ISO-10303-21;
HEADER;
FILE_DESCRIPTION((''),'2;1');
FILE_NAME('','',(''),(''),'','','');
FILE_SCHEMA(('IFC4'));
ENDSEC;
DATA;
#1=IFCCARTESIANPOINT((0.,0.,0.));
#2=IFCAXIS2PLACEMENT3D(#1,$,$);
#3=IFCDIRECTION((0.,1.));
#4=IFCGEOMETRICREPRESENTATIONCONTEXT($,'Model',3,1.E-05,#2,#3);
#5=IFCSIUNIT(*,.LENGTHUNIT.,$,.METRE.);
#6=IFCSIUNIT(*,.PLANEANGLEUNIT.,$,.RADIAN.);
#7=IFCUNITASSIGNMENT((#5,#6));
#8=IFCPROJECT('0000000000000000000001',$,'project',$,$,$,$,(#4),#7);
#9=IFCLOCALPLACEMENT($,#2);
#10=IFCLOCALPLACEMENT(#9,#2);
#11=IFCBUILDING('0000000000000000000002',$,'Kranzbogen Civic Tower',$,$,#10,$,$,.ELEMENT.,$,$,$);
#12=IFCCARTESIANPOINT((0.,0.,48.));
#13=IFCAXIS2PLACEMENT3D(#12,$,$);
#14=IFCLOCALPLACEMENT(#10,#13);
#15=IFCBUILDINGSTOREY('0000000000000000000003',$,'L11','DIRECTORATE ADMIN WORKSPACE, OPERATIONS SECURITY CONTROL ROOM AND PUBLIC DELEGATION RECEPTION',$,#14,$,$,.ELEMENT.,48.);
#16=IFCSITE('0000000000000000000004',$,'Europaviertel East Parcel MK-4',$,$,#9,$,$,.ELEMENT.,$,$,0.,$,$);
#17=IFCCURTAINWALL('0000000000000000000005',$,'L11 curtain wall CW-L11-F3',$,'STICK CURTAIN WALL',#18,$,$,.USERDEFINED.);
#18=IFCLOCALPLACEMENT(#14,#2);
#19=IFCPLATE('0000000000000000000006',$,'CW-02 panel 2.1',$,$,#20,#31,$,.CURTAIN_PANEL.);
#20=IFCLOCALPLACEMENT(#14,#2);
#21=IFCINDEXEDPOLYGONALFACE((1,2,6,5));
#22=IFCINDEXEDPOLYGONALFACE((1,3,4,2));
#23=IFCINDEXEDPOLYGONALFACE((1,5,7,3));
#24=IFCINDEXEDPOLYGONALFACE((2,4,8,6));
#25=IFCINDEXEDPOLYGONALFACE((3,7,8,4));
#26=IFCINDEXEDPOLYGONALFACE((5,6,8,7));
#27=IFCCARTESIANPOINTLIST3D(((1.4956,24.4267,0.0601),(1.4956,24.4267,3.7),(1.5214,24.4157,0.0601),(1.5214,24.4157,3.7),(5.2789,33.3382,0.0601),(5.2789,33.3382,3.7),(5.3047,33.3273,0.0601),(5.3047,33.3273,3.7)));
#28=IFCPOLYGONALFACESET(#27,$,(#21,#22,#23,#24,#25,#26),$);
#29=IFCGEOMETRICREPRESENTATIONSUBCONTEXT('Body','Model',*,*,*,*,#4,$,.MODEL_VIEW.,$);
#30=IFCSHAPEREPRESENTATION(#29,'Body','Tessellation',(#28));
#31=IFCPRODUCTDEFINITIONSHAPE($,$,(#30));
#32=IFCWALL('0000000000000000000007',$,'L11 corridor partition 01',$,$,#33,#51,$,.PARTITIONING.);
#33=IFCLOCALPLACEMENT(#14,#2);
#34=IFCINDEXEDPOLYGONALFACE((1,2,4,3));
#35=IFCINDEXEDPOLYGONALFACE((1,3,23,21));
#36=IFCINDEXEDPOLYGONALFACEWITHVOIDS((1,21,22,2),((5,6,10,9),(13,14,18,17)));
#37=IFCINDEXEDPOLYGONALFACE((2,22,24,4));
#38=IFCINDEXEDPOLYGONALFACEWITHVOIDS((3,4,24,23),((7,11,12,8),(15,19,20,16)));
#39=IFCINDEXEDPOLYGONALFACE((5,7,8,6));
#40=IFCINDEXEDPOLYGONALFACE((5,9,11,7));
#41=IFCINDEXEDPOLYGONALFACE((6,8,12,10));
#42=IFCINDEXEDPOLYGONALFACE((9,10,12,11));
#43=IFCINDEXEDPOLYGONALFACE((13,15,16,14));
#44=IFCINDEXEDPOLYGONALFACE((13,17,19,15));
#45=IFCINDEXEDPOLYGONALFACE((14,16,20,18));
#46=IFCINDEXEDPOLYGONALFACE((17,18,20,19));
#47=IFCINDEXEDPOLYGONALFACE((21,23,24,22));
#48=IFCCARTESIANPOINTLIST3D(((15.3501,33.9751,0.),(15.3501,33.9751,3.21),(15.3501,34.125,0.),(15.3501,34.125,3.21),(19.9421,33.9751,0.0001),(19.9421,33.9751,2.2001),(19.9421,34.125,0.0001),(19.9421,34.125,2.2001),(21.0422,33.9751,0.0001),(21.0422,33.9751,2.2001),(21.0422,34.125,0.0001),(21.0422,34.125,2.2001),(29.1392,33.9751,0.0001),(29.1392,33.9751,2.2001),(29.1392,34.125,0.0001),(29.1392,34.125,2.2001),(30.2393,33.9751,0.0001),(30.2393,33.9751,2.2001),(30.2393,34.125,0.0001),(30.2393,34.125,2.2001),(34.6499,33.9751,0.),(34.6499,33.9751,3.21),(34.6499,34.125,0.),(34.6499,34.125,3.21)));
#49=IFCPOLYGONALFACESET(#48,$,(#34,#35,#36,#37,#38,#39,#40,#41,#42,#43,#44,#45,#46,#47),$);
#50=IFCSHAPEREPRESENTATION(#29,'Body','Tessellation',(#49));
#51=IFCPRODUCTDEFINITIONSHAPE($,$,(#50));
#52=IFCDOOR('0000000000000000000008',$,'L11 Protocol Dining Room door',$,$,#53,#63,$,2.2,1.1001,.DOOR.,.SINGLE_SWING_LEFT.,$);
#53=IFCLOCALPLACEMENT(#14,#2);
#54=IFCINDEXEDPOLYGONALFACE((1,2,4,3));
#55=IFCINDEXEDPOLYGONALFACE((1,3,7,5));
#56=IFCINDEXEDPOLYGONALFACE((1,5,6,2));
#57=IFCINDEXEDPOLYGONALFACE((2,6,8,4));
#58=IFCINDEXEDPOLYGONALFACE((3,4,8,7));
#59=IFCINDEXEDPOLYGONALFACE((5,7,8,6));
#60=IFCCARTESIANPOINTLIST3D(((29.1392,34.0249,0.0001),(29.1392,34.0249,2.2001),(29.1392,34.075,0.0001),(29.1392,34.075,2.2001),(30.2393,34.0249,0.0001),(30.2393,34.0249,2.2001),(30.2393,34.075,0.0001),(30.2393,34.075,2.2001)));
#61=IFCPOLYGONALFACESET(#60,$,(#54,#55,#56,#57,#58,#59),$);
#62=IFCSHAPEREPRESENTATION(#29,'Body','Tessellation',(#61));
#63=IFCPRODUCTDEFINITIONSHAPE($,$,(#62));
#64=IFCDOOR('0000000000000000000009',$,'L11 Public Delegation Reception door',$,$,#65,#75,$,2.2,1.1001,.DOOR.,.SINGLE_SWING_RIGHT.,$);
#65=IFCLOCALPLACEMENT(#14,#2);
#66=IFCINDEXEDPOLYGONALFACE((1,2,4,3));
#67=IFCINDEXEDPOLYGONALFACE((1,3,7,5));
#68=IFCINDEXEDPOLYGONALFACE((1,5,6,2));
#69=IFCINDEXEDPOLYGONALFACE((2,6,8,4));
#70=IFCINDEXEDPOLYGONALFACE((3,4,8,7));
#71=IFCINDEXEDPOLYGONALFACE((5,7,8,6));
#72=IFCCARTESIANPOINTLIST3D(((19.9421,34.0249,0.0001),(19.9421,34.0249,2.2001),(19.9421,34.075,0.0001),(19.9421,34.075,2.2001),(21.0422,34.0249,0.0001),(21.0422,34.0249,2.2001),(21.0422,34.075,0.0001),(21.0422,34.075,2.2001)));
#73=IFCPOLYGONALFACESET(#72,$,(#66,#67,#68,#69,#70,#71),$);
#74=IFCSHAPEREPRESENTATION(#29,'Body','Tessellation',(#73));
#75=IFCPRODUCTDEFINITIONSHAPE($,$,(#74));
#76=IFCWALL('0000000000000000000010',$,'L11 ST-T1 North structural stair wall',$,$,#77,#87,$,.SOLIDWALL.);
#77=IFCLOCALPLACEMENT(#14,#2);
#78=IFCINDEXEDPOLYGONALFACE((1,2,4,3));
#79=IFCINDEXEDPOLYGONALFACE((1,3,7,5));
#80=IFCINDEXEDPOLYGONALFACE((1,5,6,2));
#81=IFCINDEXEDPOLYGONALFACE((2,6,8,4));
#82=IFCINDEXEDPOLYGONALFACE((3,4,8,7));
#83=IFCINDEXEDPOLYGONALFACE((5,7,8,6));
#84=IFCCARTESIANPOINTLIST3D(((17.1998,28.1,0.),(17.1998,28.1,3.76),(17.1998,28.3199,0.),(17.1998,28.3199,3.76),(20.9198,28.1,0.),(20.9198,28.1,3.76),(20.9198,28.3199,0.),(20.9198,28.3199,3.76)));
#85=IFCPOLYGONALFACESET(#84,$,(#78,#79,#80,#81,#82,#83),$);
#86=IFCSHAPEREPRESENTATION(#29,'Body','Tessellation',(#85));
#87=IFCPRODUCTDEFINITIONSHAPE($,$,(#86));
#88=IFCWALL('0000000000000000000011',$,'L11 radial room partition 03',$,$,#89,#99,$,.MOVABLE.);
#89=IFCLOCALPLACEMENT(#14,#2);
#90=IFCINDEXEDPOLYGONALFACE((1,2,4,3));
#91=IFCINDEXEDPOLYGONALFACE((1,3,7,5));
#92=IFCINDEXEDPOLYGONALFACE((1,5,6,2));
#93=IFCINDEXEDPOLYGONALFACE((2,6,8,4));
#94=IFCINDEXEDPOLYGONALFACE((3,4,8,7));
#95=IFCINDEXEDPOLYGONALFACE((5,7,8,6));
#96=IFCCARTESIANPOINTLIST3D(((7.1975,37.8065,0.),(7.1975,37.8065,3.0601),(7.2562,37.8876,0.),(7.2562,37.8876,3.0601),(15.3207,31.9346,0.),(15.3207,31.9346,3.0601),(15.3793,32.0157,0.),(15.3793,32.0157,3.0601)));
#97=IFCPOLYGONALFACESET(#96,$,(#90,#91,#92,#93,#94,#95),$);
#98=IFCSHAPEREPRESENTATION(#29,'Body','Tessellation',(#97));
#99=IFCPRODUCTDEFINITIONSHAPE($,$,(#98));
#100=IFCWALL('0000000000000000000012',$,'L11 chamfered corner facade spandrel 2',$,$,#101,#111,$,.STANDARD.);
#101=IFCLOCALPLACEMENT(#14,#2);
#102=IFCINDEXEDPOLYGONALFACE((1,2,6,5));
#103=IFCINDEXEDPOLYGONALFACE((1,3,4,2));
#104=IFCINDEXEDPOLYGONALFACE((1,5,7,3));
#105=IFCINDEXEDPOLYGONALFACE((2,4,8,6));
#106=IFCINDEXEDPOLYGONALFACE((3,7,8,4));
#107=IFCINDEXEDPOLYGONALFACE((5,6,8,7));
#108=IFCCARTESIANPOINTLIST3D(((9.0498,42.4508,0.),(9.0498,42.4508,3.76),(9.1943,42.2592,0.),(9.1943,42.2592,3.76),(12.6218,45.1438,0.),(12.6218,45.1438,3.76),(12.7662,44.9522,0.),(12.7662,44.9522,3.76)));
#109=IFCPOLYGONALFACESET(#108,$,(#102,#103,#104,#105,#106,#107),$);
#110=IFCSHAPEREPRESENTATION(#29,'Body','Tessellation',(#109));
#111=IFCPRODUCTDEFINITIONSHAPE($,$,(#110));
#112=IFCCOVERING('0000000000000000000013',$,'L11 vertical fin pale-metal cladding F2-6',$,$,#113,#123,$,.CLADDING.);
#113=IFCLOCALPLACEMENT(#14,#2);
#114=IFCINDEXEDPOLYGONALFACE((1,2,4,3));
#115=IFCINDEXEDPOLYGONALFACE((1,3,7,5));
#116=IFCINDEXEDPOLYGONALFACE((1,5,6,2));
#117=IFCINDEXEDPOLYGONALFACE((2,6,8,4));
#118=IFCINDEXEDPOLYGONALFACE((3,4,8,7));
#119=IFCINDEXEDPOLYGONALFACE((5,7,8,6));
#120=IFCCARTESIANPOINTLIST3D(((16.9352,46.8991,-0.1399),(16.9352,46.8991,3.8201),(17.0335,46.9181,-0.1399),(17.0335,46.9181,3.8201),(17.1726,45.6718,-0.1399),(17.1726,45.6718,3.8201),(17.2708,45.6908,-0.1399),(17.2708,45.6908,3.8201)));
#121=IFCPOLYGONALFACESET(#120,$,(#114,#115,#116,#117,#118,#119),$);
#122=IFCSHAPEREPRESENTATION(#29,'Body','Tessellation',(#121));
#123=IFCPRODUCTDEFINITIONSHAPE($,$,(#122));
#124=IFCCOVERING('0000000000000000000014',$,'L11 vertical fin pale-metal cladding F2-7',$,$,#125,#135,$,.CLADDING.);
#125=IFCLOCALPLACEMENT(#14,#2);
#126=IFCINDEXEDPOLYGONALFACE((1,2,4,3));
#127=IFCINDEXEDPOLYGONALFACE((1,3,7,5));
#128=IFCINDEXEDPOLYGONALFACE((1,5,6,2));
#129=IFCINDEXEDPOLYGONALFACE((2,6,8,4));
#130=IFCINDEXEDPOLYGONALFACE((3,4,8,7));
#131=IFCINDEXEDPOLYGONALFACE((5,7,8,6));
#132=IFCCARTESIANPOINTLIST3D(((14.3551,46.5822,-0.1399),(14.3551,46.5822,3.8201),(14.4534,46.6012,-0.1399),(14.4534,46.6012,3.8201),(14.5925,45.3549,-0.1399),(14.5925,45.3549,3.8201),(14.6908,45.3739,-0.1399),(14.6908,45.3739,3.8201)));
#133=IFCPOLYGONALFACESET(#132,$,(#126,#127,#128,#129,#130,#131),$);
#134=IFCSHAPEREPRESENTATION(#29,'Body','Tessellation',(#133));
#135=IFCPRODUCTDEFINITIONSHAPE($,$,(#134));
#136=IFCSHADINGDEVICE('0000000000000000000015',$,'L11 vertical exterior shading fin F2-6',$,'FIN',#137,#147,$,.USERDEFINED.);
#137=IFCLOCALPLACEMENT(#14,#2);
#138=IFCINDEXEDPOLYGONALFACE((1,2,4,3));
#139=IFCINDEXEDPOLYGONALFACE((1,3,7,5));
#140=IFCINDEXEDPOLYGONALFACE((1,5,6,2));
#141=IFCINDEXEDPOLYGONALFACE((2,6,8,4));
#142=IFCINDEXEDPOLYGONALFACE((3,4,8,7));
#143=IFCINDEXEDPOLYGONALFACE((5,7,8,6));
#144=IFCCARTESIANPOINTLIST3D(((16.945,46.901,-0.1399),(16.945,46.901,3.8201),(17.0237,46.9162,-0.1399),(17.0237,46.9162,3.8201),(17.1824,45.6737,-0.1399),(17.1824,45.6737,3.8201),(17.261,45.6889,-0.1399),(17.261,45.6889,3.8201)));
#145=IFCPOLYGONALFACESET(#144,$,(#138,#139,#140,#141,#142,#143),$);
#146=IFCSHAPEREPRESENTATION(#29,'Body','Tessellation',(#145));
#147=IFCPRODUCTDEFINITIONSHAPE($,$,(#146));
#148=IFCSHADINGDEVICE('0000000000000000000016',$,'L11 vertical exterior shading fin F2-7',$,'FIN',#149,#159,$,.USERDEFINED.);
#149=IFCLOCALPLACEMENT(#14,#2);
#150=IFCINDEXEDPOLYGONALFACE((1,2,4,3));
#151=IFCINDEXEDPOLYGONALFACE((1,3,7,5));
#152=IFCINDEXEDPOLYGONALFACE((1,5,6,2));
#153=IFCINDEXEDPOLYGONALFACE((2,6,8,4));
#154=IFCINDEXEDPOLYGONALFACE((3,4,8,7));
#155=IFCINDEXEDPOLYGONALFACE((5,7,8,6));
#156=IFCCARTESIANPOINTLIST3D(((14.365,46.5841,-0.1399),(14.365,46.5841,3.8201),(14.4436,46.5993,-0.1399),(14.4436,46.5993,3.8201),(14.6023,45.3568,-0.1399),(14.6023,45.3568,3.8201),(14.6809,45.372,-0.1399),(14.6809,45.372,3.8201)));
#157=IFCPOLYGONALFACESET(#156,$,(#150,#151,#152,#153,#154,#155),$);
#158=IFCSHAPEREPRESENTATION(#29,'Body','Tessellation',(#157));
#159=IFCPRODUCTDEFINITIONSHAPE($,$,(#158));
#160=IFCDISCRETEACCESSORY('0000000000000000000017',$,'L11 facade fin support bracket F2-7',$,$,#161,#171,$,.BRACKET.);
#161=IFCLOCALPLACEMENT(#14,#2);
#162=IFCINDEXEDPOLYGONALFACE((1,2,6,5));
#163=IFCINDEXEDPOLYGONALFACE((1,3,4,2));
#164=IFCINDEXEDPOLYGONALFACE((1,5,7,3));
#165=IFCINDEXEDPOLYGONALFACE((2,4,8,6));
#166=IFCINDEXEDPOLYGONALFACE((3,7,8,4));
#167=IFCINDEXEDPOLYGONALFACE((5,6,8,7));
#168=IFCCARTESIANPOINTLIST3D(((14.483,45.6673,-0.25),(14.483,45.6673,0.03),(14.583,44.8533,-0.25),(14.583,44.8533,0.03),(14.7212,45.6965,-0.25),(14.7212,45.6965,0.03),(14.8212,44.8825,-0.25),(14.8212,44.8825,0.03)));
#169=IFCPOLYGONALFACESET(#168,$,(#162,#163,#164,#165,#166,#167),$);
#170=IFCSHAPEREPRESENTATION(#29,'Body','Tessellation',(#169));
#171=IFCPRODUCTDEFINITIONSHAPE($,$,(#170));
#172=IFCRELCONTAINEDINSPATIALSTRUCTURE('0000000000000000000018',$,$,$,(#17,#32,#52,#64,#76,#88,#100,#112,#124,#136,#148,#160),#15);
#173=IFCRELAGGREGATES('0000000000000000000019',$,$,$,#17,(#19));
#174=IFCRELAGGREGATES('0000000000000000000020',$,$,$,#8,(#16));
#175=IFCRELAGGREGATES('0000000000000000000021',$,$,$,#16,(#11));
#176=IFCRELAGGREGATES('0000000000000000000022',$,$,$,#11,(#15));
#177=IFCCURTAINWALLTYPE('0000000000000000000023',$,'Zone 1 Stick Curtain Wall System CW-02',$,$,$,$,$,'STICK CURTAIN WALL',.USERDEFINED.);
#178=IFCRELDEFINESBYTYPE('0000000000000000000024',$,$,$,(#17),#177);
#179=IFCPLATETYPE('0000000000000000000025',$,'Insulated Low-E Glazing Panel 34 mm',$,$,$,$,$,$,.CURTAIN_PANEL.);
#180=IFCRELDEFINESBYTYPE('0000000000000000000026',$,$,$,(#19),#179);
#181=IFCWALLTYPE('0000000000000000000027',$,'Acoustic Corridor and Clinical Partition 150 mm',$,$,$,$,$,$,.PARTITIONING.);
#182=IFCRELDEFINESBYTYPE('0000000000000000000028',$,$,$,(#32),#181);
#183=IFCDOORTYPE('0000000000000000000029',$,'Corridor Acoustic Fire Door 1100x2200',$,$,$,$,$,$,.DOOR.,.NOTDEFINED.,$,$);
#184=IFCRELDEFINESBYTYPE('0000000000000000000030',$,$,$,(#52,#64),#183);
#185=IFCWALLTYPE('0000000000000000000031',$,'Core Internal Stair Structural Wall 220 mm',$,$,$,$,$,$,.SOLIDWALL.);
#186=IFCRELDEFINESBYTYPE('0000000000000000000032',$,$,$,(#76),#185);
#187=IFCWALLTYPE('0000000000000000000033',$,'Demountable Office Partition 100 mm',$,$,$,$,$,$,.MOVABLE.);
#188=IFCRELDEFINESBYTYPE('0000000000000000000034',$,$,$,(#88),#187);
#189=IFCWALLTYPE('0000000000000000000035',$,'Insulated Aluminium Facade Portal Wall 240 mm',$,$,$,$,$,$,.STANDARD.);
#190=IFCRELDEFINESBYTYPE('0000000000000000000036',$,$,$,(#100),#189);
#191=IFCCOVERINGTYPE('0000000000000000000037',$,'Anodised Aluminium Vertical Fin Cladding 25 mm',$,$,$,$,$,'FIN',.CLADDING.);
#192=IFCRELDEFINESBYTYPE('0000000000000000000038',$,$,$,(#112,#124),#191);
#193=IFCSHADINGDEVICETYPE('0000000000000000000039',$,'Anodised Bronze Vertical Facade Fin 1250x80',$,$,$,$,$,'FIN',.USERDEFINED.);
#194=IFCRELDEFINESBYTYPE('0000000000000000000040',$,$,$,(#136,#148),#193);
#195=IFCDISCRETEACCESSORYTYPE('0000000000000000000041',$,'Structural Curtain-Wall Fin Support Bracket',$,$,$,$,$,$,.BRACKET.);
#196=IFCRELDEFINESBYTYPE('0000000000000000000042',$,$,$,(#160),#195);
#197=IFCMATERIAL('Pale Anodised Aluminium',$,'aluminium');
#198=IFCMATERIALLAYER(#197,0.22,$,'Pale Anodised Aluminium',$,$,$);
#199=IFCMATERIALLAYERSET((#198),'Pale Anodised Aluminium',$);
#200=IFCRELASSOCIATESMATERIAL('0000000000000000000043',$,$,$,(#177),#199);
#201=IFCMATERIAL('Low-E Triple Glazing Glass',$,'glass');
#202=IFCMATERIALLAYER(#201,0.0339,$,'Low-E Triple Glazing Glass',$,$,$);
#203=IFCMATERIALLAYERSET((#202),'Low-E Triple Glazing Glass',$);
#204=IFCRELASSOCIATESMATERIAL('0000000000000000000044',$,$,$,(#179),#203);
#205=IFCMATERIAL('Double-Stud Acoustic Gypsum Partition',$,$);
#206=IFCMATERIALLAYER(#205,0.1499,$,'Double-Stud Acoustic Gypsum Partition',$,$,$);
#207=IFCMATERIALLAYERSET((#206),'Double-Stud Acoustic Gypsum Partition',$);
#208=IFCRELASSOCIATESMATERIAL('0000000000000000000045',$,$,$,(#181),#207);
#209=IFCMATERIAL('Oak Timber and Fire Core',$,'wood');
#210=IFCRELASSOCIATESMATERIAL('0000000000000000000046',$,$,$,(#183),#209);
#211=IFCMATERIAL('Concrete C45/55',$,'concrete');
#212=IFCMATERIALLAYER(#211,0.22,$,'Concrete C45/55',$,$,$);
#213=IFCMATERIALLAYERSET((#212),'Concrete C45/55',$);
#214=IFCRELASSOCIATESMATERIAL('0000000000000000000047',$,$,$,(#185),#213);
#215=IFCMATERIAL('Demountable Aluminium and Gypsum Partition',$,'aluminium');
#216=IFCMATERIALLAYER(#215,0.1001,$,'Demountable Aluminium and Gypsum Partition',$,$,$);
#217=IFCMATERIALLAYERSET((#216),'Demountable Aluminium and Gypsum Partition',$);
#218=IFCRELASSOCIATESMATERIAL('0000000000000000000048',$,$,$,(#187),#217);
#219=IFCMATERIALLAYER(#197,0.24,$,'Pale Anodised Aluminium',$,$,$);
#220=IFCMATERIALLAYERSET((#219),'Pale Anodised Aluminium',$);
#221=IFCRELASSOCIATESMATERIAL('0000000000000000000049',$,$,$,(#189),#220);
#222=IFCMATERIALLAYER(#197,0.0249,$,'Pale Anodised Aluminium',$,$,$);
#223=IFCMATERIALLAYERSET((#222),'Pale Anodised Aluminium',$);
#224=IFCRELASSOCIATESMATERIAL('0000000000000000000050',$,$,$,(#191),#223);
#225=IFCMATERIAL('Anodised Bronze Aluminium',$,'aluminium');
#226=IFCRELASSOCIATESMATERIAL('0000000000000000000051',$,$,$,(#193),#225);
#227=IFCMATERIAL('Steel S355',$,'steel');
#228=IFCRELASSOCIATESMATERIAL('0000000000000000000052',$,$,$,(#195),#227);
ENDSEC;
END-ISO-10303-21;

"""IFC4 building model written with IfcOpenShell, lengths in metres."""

from ifc_helpers import new_model, si_unit, direction, frame, frame_2d, origin, origin_2d, place, context, subcontext, project, spatial, rectangle, extrude, material, layer, layer_set, type_object, element, fill, aggregate, save


model = new_model("IFC4")

# Units and contexts
model_context = context("Model", 3, precision=1e-05, world=origin(), true_north=direction((0.0, 1.0)))
body_context = subcontext(model_context, "Body", "Model", "MODEL_VIEW")
ifc_project = project(units=[si_unit("LENGTHUNIT", "METRE"), si_unit("PLANEANGLEUNIT", "RADIAN")], contexts=[model_context])

# Site, building, storey
site_placement = place(None, origin())
site = spatial("IfcSite", under=ifc_project, at=site_placement, Name="Europaviertel East Parcel MK-4", CompositionType="ELEMENT", RefElevation=0.0)
building_placement = place(site_placement, origin())
building = spatial("IfcBuilding", under=site, at=building_placement, Name="Kranzbogen Civic Tower", CompositionType="ELEMENT")
storey_placement = place(building_placement, frame((0.0, 0.0, 48.0)))
storey = spatial("IfcBuildingStorey", under=building, at=storey_placement, Name="L11", Description="DIRECTORATE ADMIN WORKSPACE, OPERATIONS SECURITY CONTROL ROOM AND PUBLIC DELEGATION RECEPTION", CompositionType="ELEMENT", Elevation=48.0)

# Shared definitions
ifc_material_1 = material(Name="Pale Anodised Aluminium", Category="aluminium")
ifc_layer_1 = layer(ifc_material_1, 0.22, Name="Pale Anodised Aluminium")
ifc_layer_set_1 = layer_set([ifc_layer_1], Name="Pale Anodised Aluminium")
curtain_wall_type = type_object("IfcCurtainWallType", Name="Zone 1 Stick Curtain Wall System CW-02", ElementType="STICK CURTAIN WALL", PredefinedType="USERDEFINED", material=ifc_layer_set_1)

# Curtain wall
curtain_wall_1_placement = place(storey_placement, origin())
curtain_wall_1 = element("IfcCurtainWall", 1, at=curtain_wall_1_placement, inside=storey, type_object=curtain_wall_type, Name="L11 curtain wall CW-L11-F3", ObjectType="STICK CURTAIN WALL", PredefinedType="USERDEFINED")

# Shared definitions
ifc_material_2 = material(Name="Steel S355", Category="steel")

# Plate
ifc_material_3 = material(Name="Low-E Triple Glazing Glass", Category="glass")
ifc_layer_2 = layer(ifc_material_3, 0.0339, Name="Low-E Triple Glazing Glass")
ifc_layer_set_2 = layer_set([ifc_layer_2], Name="Low-E Triple Glazing Glass")
plate_type = type_object("IfcPlateType", Name="Insulated Low-E Glazing Panel 34 mm", PredefinedType="CURTAIN_PANEL", material=ifc_layer_set_2)
plate_1_placement = place(storey_placement, frame((3.4001, 28.877, 0.0601), z_axis=(0.0, 0.0, 1.0), x_axis=(-0.39078, -0.920484, 0.0)))
plate_1 = element("IfcPlate", 2, at=plate_1_placement, type_object=plate_type, Name="CW-02 panel 2.1", PredefinedType="CURTAIN_PANEL", context=body_context, shape_type="SweptSolid", body=[
    extrude(rectangle(XDim=9.6814, YDim=0.0281, at=origin_2d()), origin(), (0.0, 0.0, 1.0), 3.6399),
])
aggregate(curtain_wall_1, [plate_1])

# Wall, openings, doors
ifc_material_4 = material(Name="Double-Stud Acoustic Gypsum Partition")
ifc_layer_3 = layer(ifc_material_4, 0.1499, Name="Double-Stud Acoustic Gypsum Partition")
ifc_layer_set_3 = layer_set([ifc_layer_3], Name="Double-Stud Acoustic Gypsum Partition")
wall_type_1 = type_object("IfcWallType", Name="Acoustic Corridor and Clinical Partition 150 mm", PredefinedType="PARTITIONING", material=ifc_layer_set_3)
wall_1_placement = place(storey_placement, frame((15.3501, 34.05, 0.0), z_axis=(0.0, 0.0, 1.0), x_axis=(1.0, 0.0, 0.0)))
wall_1 = element("IfcWall", 3, at=wall_1_placement, inside=storey, type_object=wall_type_1, Name="L11 corridor partition 01", PredefinedType="PARTITIONING", context=body_context, shape_type="SweptSolid", body=[
    extrude(rectangle(XDim=19.2998, YDim=0.1499, at=frame_2d((9.6499, 0.0))), origin(), (0.0, 0.0, 1.0), 3.21),
])
opening_1_placement = place(wall_1_placement, frame((13.7891, 0.0, 0.0)))
opening_1 = element("IfcOpeningElement", 4, at=opening_1_placement, cuts=wall_1, PredefinedType="OPENING", context=body_context, shape_type="SweptSolid", body=[
    extrude(rectangle(XDim=1.1001, YDim=2.2, at=frame_2d((0.55, 1.1001))), frame((0.0, 0.085, 0.0), z_axis=(0.0, -1.0, 0.0), x_axis=(1.0, 0.0, 0.0)), (0.0, 0.0, 1.0), 0.1699),
])
opening_2_placement = place(wall_1_placement, frame((4.592, 0.0, 0.0)))
opening_2 = element("IfcOpeningElement", 5, at=opening_2_placement, cuts=wall_1, PredefinedType="OPENING", context=body_context, shape_type="SweptSolid", body=[
    extrude(rectangle(XDim=1.1001, YDim=2.2, at=frame_2d((0.55, 1.1001))), frame((0.0, 0.085, 0.0), z_axis=(0.0, -1.0, 0.0), x_axis=(1.0, 0.0, 0.0)), (0.0, 0.0, 1.0), 0.1699),
])
ifc_material_5 = material(Name="Oak Timber and Fire Core", Category="wood")
door_type = type_object("IfcDoorType", Name="Corridor Acoustic Fire Door 1100x2200", OperationType="NOTDEFINED", PredefinedType="DOOR", material=ifc_material_5)
door_1_placement = place(opening_1_placement, origin())
door_1 = element("IfcDoor", 6, at=door_1_placement, inside=storey, type_object=door_type, Name="L11 Protocol Dining Room door", OperationType="SINGLE_SWING_LEFT", OverallHeight=2.2, OverallWidth=1.1001, PredefinedType="DOOR", context=body_context, shape_type="SweptSolid", body=[
    extrude(rectangle(XDim=1.1001, YDim=2.2, at=frame_2d((0.55, 1.1001))), frame((0.0, 0.0249, 0.0), z_axis=(0.0, -1.0, 0.0), x_axis=(1.0, 0.0, 0.0)), (0.0, 0.0, 1.0), 0.05),
])
fill(opening_1, door_1)
door_2_placement = place(opening_2_placement, origin())
door_2 = element("IfcDoor", 7, at=door_2_placement, inside=storey, type_object=door_type, Name="L11 Public Delegation Reception door", OperationType="SINGLE_SWING_RIGHT", OverallHeight=2.2, OverallWidth=1.1001, PredefinedType="DOOR", context=body_context, shape_type="SweptSolid", body=[
    extrude(rectangle(XDim=1.1001, YDim=2.2, at=frame_2d((0.55, 1.1001))), frame((0.0, 0.0249, 0.0), z_axis=(0.0, -1.0, 0.0), x_axis=(1.0, 0.0, 0.0)), (0.0, 0.0, 1.0), 0.05),
])
fill(opening_2, door_2)

# Walls
ifc_material_6 = material(Name="Concrete C45/55", Category="concrete")
ifc_layer_4 = layer(ifc_material_6, 0.22, Name="Concrete C45/55")
ifc_layer_set_4 = layer_set([ifc_layer_4], Name="Concrete C45/55")
wall_type_2 = type_object("IfcWallType", Name="Core Internal Stair Structural Wall 220 mm", PredefinedType="SOLIDWALL", material=ifc_layer_set_4)
wall_2_placement = place(storey_placement, frame((17.2, 28.21, 0.0), z_axis=(0.0, 0.0, 1.0), x_axis=(1.0, 0.0, 0.0)))
element("IfcWall", 8, at=wall_2_placement, inside=storey, type_object=wall_type_2, Name="L11 ST-T1 North structural stair wall", PredefinedType="SOLIDWALL", context=body_context, shape_type="SweptSolid", body=[
    extrude(rectangle(XDim=3.72, YDim=0.22, at=frame_2d((1.8599, 0.0))), origin(), (0.0, 0.0, 1.0), 3.76),
])
ifc_material_7 = material(Name="Demountable Aluminium and Gypsum Partition", Category="aluminium")
ifc_layer_5 = layer(ifc_material_7, 0.1001, Name="Demountable Aluminium and Gypsum Partition")
ifc_layer_set_5 = layer_set([ifc_layer_5], Name="Demountable Aluminium and Gypsum Partition")
wall_type_3 = type_object("IfcWallType", Name="Demountable Office Partition 100 mm", PredefinedType="MOVABLE", material=ifc_layer_set_5)
wall_3_placement = place(storey_placement, frame((15.3501, 31.9751, 0.0), z_axis=(0.0, 0.0, 1.0), x_axis=(-0.810434, 0.58583, 0.0)))
element("IfcWall", 9, at=wall_3_placement, inside=storey, type_object=wall_type_3, Name="L11 radial room partition 03", PredefinedType="MOVABLE", context=body_context, shape_type="SweptSolid", body=[
    extrude(rectangle(XDim=10.0232, YDim=0.1001, at=frame_2d((5.0117, 0.0))), origin(), (0.0, 0.0, 1.0), 3.0601),
])
ifc_layer_6 = layer(ifc_material_1, 0.24, Name="Pale Anodised Aluminium")
ifc_layer_set_6 = layer_set([ifc_layer_6], Name="Pale Anodised Aluminium")
wall_type_4 = type_object("IfcWallType", Name="Insulated Aluminium Facade Portal Wall 240 mm", PredefinedType="STANDARD", material=ifc_layer_set_6)
wall_4_placement = place(storey_placement, frame((12.6941, 45.0481, 0.0), z_axis=(0.0, 0.0, 1.0), x_axis=(-0.798485, -0.602015, 0.0)))
element("IfcWall", 10, at=wall_4_placement, inside=storey, type_object=wall_type_4, Name="L11 chamfered corner facade spandrel 2", PredefinedType="STANDARD", context=body_context, shape_type="SweptSolid", body=[
    extrude(rectangle(XDim=4.4734, YDim=0.24, at=frame_2d((2.2368, 0.0))), origin(), (0.0, 0.0, 1.0), 3.76),
])

# Coverings
ifc_layer_7 = layer(ifc_material_1, 0.0249, Name="Pale Anodised Aluminium")
ifc_layer_set_7 = layer_set([ifc_layer_7], Name="Pale Anodised Aluminium")
covering_type = type_object("IfcCoveringType", Name="Anodised Aluminium Vertical Fin Cladding 25 mm", ElementType="FIN", PredefinedType="CLADDING", material=ifc_layer_set_7)
for number, where, z_axis, x_axis, name in (
    (11, (17.103, 46.2949, -0.1399), (0.0, 0.0, 1.0), (-0.189867, 0.98181, 0.0), "L11 vertical fin pale-metal cladding F2-6"),
    (12, (14.5229, 45.978, -0.1399), (0.0, 0.0, 1.0), (-0.189867, 0.98181, 0.0), "L11 vertical fin pale-metal cladding F2-7"),
):
    element("IfcCovering", number, at=place(storey_placement, frame(where, z_axis=z_axis, x_axis=x_axis)), inside=storey, type_object=covering_type, Name=name, PredefinedType="CLADDING", context=body_context, shape_type="SweptSolid", body=[
        extrude(rectangle(XDim=1.25, YDim=0.1001, at=origin_2d()), origin(), (0.0, 0.0, 1.0), 3.96),
    ])

# Shading devices
ifc_material_8 = material(Name="Anodised Bronze Aluminium", Category="aluminium")
shading_device_type = type_object("IfcShadingDeviceType", Name="Anodised Bronze Vertical Facade Fin 1250x80", ElementType="FIN", PredefinedType="USERDEFINED", material=ifc_material_8)
for number, where, z_axis, x_axis, name in (
    (13, (17.103, 46.2949, -0.1399), (0.0, 0.0, 1.0), (-0.189867, 0.98181, 0.0), "L11 vertical exterior shading fin F2-6"),
    (14, (14.5229, 45.978, -0.1399), (0.0, 0.0, 1.0), (-0.189867, 0.98181, 0.0), "L11 vertical exterior shading fin F2-7"),
):
    element("IfcShadingDevice", number, at=place(storey_placement, frame(where, z_axis=z_axis, x_axis=x_axis)), inside=storey, type_object=shading_device_type, Name=name, ObjectType="FIN", PredefinedType="USERDEFINED", context=body_context, shape_type="SweptSolid", body=[
        extrude(rectangle(XDim=1.25, YDim=0.0801, at=origin_2d()), origin(), (0.0, 0.0, 1.0), 3.96),
    ])

# Discrete accessory
discrete_accessory_type = type_object("IfcDiscreteAccessoryType", Name="Structural Curtain-Wall Fin Support Bracket", PredefinedType="BRACKET", material=ifc_material_2)
discrete_accessory_placement = place(storey_placement, frame((14.6521, 45.2749, -0.25), z_axis=(0.0, 0.0, 1.0), x_axis=(-0.121869, 0.992546, 0.0)))
element("IfcDiscreteAccessory", 15, at=discrete_accessory_placement, inside=storey, type_object=discrete_accessory_type, Name="L11 facade fin support bracket F2-7", PredefinedType="BRACKET", context=body_context, shape_type="SweptSolid", body=[
    extrude(rectangle(XDim=0.8201, YDim=0.24, at=origin_2d()), origin(), (0.0, 0.0, 1.0), 0.28),
])

save(model, "model.ifc")
